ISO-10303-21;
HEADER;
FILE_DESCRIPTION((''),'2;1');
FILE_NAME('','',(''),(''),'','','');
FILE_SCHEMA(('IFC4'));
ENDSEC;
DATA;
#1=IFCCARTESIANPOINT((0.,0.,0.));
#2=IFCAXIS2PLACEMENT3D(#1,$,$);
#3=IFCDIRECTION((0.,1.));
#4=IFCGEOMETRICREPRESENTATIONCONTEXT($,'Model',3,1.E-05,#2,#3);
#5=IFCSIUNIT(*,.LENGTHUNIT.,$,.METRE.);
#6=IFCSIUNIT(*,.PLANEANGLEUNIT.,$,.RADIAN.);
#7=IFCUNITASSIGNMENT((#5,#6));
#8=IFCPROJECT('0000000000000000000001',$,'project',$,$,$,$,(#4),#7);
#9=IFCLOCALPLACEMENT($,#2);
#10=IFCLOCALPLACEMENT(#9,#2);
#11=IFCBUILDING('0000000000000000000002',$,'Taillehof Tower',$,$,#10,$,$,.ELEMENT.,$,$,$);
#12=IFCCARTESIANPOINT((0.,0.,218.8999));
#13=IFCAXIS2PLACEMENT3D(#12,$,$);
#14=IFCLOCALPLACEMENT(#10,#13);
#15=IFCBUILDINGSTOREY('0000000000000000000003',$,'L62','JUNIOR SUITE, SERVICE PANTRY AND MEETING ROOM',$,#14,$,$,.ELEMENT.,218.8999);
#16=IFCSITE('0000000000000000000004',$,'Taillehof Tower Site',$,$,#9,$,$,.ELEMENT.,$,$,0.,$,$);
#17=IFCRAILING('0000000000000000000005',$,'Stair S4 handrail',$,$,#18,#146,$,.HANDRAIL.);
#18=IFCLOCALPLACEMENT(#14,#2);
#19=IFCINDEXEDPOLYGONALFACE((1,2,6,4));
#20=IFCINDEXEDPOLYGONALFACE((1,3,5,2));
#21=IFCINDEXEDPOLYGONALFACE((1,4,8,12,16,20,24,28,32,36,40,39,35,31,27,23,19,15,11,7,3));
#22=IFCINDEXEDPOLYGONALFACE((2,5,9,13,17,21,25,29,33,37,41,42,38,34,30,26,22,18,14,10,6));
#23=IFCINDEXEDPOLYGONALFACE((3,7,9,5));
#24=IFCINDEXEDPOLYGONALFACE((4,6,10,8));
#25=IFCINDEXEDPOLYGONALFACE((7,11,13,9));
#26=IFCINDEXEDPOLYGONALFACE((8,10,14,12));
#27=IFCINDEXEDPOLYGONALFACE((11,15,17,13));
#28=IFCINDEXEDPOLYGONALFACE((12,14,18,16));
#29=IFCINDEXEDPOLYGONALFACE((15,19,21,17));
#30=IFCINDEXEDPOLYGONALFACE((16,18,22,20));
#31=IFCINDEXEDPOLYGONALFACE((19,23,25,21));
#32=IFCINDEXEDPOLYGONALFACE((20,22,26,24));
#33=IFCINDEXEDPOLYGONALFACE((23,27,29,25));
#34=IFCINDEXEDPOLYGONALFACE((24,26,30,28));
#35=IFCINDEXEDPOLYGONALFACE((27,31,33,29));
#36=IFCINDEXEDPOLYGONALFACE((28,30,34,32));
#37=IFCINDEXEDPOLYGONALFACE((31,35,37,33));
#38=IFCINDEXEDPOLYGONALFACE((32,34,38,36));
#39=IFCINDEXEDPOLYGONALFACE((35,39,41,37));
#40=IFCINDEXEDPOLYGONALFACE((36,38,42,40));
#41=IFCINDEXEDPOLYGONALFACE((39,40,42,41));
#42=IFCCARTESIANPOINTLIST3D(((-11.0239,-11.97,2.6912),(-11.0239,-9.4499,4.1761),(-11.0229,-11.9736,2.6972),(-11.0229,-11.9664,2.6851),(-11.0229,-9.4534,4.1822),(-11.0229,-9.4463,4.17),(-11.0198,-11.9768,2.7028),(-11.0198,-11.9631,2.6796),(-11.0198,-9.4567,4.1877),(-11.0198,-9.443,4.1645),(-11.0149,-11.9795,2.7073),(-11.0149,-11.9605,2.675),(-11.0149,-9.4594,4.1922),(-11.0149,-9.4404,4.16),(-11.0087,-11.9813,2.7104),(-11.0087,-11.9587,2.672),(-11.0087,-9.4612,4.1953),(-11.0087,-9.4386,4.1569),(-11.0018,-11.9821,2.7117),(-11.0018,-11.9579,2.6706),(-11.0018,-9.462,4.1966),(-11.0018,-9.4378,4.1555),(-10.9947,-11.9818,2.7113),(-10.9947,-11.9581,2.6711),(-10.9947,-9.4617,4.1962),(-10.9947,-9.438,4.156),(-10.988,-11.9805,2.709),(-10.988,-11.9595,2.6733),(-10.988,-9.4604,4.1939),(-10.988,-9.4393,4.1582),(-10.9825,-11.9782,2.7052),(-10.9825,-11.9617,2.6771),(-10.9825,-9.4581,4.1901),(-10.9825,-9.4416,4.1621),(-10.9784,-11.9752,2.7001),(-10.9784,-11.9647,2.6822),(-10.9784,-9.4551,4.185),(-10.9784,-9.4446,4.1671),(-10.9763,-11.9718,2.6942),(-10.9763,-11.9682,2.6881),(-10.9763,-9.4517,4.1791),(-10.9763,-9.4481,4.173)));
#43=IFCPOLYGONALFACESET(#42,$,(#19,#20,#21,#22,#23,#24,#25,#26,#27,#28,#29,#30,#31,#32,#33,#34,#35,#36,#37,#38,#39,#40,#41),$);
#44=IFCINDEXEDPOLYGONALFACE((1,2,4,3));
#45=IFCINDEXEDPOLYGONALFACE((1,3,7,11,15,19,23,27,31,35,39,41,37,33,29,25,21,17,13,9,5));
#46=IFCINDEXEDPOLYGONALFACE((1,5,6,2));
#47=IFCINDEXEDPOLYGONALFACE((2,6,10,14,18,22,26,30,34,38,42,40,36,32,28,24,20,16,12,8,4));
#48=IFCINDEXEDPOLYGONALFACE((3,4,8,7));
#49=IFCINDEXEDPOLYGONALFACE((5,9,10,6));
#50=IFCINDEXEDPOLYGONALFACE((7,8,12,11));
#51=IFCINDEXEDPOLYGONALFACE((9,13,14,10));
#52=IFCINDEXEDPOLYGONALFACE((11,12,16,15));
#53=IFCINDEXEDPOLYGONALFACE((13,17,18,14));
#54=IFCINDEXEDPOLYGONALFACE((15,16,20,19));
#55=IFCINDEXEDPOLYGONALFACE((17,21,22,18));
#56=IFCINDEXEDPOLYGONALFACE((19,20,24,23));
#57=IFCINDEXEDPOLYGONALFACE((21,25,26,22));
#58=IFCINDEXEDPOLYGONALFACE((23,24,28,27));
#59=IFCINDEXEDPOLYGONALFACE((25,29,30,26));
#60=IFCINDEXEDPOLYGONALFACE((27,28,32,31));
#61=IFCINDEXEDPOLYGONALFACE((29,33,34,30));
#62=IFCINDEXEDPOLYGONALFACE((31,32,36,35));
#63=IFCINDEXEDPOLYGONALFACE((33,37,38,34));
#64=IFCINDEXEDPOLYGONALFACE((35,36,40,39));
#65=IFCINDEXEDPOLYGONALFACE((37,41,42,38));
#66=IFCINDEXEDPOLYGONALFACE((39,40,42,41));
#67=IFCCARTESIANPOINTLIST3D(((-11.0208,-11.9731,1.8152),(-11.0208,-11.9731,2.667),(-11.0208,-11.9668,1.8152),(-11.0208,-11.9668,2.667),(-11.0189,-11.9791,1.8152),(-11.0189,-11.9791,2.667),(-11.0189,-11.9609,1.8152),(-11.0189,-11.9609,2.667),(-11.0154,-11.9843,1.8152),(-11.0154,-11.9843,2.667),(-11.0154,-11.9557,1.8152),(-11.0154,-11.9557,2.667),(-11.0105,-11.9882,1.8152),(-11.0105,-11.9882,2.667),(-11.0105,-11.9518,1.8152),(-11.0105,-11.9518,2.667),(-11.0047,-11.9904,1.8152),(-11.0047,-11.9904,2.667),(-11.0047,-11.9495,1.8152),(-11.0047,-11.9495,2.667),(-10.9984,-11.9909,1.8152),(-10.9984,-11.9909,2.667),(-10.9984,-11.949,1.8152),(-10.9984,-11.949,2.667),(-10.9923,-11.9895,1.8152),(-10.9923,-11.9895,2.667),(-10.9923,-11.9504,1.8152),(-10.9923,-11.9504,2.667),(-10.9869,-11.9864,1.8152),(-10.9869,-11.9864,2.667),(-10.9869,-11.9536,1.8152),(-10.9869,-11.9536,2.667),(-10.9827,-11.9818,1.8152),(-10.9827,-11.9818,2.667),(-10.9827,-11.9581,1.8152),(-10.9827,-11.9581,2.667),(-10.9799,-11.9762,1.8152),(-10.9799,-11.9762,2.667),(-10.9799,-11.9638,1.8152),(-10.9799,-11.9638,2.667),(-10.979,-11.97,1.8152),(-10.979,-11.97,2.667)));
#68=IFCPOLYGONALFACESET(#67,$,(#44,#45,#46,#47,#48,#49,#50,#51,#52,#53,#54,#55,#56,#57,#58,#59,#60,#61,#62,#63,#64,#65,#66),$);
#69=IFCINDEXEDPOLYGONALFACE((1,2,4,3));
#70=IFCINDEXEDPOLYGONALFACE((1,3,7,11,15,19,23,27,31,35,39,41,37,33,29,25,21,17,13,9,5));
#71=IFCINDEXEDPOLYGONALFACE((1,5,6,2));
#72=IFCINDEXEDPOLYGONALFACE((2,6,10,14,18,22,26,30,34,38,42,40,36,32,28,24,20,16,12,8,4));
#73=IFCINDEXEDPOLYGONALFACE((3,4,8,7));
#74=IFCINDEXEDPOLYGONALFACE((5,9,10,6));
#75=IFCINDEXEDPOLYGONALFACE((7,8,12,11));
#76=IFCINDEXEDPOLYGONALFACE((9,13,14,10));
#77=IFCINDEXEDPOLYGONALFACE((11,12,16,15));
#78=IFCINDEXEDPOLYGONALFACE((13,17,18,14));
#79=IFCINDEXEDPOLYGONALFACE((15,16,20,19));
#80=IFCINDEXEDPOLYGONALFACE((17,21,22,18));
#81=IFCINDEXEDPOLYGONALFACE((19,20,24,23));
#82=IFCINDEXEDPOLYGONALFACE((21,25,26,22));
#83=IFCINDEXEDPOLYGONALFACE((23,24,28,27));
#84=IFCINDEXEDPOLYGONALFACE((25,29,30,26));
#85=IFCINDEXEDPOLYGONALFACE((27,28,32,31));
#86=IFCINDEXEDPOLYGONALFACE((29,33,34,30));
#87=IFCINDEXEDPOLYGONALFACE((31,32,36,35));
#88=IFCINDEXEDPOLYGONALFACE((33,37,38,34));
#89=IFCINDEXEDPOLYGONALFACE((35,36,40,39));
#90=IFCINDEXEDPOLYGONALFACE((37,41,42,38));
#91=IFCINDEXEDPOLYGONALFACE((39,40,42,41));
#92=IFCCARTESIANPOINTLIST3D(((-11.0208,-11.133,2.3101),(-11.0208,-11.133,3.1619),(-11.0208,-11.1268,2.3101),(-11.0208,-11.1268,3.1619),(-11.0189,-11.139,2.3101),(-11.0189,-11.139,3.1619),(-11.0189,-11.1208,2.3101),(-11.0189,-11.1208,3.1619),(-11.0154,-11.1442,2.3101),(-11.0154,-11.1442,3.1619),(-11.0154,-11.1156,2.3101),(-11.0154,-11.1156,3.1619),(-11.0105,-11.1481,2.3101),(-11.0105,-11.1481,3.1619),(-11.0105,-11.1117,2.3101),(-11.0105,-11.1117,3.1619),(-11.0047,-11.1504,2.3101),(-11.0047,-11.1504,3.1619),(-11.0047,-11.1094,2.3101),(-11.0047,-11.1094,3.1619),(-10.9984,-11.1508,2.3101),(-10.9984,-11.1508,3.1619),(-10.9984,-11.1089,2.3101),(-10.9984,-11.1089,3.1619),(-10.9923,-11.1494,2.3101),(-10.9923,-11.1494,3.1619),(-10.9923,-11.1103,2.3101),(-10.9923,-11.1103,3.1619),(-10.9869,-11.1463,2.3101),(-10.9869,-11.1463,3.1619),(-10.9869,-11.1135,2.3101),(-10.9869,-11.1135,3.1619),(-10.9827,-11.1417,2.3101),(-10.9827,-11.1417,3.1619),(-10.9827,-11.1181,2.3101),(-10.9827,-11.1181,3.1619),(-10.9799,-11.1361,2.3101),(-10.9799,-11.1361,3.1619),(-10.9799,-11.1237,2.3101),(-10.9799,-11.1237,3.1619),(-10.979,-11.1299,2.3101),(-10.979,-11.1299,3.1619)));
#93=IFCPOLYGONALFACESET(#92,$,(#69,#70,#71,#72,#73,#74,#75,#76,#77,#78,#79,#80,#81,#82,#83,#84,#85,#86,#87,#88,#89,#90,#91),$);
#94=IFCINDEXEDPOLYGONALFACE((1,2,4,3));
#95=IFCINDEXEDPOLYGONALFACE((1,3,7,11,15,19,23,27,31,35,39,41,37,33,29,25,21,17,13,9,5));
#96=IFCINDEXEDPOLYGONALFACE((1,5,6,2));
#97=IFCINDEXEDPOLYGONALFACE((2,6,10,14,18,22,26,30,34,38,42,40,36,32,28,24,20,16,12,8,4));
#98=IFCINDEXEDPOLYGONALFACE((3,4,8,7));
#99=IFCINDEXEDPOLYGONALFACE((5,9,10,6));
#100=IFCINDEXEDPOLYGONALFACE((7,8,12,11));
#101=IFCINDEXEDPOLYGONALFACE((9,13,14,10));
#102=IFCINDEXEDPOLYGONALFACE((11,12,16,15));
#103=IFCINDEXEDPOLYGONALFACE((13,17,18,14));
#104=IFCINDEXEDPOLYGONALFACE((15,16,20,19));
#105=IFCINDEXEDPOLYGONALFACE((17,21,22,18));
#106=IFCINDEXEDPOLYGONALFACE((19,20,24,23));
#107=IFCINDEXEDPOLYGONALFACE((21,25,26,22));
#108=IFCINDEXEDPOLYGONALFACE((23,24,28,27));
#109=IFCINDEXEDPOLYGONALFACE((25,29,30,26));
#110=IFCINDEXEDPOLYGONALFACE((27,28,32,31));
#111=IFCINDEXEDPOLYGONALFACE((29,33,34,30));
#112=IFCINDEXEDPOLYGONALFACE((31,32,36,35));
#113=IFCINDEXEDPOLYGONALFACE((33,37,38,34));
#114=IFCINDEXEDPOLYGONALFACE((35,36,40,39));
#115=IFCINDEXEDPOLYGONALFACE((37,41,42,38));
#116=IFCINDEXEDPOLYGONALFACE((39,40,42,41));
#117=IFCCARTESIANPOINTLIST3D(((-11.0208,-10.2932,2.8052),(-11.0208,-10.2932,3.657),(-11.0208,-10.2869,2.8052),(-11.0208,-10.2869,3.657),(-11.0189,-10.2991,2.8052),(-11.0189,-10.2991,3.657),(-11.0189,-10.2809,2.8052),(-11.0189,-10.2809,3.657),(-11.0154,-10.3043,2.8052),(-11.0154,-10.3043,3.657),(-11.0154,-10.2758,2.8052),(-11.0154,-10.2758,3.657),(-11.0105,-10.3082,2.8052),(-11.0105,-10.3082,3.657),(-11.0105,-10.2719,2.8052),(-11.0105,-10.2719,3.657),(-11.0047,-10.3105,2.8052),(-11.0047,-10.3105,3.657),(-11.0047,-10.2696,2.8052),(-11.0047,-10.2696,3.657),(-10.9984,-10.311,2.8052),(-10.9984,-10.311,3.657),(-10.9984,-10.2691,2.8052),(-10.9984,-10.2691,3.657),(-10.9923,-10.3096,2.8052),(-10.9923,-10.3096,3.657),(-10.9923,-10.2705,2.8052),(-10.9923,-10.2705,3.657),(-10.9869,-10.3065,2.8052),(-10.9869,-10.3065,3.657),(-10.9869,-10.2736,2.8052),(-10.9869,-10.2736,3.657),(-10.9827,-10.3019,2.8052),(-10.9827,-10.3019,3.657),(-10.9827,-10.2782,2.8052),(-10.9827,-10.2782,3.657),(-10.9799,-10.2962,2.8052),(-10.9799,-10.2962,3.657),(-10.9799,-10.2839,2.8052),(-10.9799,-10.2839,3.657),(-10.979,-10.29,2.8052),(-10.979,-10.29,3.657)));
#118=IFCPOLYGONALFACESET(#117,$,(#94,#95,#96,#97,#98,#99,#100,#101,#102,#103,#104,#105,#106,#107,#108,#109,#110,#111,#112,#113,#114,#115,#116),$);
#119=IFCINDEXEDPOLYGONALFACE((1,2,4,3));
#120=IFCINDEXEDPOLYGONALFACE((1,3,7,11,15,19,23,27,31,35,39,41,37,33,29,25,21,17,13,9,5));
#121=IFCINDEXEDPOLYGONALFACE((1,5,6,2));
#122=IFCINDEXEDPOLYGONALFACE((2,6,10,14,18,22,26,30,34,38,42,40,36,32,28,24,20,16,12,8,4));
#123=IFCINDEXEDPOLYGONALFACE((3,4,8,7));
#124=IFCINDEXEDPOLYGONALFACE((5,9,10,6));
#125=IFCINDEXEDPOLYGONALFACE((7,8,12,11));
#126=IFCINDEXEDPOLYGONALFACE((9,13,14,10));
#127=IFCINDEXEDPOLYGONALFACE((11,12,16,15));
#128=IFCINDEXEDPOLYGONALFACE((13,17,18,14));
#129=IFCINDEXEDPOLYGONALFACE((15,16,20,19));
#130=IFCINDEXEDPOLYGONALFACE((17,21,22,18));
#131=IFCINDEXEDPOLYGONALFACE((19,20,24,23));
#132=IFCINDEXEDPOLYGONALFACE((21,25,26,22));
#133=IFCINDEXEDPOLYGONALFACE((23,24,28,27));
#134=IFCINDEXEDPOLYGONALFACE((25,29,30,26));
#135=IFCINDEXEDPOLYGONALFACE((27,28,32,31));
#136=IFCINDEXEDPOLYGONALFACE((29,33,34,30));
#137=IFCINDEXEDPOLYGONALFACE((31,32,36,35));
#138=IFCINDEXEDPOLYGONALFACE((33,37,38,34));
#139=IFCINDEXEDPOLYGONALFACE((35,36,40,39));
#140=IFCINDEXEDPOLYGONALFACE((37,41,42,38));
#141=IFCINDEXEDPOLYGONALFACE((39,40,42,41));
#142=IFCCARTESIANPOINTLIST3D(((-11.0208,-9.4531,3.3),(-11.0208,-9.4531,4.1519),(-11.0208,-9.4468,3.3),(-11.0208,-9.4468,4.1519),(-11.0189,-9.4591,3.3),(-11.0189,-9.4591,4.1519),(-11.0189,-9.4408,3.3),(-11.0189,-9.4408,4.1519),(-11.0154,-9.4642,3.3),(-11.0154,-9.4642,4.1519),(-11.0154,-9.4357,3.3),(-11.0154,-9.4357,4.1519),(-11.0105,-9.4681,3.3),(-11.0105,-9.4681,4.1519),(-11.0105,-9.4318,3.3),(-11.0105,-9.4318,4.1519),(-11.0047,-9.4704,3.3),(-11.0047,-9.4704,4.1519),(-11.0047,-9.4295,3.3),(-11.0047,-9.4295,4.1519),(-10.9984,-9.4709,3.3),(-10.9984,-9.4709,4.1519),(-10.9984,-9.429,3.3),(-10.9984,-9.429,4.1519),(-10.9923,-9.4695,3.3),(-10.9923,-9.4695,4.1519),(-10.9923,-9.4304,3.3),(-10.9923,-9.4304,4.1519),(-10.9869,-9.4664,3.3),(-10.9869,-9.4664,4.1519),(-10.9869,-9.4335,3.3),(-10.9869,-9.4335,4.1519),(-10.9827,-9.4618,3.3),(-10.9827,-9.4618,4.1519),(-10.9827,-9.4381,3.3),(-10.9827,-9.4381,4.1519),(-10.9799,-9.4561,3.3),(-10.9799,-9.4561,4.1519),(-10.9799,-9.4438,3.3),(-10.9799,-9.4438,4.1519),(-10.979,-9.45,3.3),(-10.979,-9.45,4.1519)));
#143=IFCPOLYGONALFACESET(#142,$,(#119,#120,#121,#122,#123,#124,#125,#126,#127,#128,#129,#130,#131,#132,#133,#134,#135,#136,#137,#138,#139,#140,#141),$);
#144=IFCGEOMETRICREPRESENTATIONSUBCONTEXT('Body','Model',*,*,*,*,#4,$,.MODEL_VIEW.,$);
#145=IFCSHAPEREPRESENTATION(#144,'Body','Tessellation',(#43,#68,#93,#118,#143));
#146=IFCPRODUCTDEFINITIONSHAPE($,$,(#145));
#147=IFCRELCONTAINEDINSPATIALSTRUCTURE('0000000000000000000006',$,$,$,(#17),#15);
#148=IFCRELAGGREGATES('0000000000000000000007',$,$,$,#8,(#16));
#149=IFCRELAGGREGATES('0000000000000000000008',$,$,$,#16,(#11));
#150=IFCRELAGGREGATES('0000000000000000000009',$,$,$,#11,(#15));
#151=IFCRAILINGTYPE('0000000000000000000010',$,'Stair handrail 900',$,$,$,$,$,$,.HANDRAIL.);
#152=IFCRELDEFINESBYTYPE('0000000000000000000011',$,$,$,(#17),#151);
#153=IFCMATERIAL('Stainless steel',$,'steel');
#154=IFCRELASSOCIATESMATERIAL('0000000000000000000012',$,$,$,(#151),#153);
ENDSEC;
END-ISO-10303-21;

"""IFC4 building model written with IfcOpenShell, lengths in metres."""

from ifc_helpers import new_model, si_unit, direction, frame, origin, origin_2d, place, context, subcontext, project, spatial, circle, extrude, material, type_object, element, save


model = new_model("IFC4")

# Units and contexts
model_context = context("Model", 3, precision=1e-05, world=origin(), true_north=direction((0.0, 1.0)))
body_context = subcontext(model_context, "Body", "Model", "MODEL_VIEW")
ifc_project = project(units=[si_unit("LENGTHUNIT", "METRE"), si_unit("PLANEANGLEUNIT", "RADIAN")], contexts=[model_context])

# Site, building, storey
site_placement = place(None, origin())
site = spatial("IfcSite", under=ifc_project, at=site_placement, Name="Taillehof Tower Site", CompositionType="ELEMENT", RefElevation=0.0)
building_placement = place(site_placement, origin())
building = spatial("IfcBuilding", under=site, at=building_placement, Name="Taillehof Tower", CompositionType="ELEMENT")
storey_placement = place(building_placement, frame((0.0, 0.0, 218.8999)))
storey = spatial("IfcBuildingStorey", under=building, at=storey_placement, Name="L62", Description="JUNIOR SUITE, SERVICE PANTRY AND MEETING ROOM", CompositionType="ELEMENT", Elevation=218.8999)

# Railing
ifc_material_1 = material(Name="Stainless steel", Category="steel")
railing_type = type_object("IfcRailingType", Name="Stair handrail 900", PredefinedType="HANDRAIL", material=ifc_material_1)
railing_1_placement = place(storey_placement, frame((-11.0, -11.97, 1.8152)))
element("IfcRailing", 1, at=railing_1_placement, inside=storey, type_object=railing_type, Name="Stair S4 handrail", PredefinedType="HANDRAIL", context=body_context, shape_type="SweptSolid", body=[
    extrude(circle(Radius=0.0239, at=origin_2d()), frame((0.0, 0.0, 0.876), z_axis=(0.0, 0.861561, 0.507655), x_axis=(-1.0, 0.0, 0.0)), (0.0, 0.0, 1.0), 2.925),
    extrude(circle(Radius=0.021, at=origin_2d()), origin(), (0.0, 0.0, 1.0), 0.8518),
    extrude(circle(Radius=0.021, at=origin_2d()), frame((0.0, 0.8401, 0.4949)), (0.0, 0.0, 1.0), 0.8518),
    extrude(circle(Radius=0.021, at=origin_2d()), frame((0.0, 1.6799, 0.99)), (0.0, 0.0, 1.0), 0.8518),
    extrude(circle(Radius=0.021, at=origin_2d()), frame((0.0, 2.52, 1.4849)), (0.0, 0.0, 1.0), 0.8518),
])

save(model, "model.ifc")
